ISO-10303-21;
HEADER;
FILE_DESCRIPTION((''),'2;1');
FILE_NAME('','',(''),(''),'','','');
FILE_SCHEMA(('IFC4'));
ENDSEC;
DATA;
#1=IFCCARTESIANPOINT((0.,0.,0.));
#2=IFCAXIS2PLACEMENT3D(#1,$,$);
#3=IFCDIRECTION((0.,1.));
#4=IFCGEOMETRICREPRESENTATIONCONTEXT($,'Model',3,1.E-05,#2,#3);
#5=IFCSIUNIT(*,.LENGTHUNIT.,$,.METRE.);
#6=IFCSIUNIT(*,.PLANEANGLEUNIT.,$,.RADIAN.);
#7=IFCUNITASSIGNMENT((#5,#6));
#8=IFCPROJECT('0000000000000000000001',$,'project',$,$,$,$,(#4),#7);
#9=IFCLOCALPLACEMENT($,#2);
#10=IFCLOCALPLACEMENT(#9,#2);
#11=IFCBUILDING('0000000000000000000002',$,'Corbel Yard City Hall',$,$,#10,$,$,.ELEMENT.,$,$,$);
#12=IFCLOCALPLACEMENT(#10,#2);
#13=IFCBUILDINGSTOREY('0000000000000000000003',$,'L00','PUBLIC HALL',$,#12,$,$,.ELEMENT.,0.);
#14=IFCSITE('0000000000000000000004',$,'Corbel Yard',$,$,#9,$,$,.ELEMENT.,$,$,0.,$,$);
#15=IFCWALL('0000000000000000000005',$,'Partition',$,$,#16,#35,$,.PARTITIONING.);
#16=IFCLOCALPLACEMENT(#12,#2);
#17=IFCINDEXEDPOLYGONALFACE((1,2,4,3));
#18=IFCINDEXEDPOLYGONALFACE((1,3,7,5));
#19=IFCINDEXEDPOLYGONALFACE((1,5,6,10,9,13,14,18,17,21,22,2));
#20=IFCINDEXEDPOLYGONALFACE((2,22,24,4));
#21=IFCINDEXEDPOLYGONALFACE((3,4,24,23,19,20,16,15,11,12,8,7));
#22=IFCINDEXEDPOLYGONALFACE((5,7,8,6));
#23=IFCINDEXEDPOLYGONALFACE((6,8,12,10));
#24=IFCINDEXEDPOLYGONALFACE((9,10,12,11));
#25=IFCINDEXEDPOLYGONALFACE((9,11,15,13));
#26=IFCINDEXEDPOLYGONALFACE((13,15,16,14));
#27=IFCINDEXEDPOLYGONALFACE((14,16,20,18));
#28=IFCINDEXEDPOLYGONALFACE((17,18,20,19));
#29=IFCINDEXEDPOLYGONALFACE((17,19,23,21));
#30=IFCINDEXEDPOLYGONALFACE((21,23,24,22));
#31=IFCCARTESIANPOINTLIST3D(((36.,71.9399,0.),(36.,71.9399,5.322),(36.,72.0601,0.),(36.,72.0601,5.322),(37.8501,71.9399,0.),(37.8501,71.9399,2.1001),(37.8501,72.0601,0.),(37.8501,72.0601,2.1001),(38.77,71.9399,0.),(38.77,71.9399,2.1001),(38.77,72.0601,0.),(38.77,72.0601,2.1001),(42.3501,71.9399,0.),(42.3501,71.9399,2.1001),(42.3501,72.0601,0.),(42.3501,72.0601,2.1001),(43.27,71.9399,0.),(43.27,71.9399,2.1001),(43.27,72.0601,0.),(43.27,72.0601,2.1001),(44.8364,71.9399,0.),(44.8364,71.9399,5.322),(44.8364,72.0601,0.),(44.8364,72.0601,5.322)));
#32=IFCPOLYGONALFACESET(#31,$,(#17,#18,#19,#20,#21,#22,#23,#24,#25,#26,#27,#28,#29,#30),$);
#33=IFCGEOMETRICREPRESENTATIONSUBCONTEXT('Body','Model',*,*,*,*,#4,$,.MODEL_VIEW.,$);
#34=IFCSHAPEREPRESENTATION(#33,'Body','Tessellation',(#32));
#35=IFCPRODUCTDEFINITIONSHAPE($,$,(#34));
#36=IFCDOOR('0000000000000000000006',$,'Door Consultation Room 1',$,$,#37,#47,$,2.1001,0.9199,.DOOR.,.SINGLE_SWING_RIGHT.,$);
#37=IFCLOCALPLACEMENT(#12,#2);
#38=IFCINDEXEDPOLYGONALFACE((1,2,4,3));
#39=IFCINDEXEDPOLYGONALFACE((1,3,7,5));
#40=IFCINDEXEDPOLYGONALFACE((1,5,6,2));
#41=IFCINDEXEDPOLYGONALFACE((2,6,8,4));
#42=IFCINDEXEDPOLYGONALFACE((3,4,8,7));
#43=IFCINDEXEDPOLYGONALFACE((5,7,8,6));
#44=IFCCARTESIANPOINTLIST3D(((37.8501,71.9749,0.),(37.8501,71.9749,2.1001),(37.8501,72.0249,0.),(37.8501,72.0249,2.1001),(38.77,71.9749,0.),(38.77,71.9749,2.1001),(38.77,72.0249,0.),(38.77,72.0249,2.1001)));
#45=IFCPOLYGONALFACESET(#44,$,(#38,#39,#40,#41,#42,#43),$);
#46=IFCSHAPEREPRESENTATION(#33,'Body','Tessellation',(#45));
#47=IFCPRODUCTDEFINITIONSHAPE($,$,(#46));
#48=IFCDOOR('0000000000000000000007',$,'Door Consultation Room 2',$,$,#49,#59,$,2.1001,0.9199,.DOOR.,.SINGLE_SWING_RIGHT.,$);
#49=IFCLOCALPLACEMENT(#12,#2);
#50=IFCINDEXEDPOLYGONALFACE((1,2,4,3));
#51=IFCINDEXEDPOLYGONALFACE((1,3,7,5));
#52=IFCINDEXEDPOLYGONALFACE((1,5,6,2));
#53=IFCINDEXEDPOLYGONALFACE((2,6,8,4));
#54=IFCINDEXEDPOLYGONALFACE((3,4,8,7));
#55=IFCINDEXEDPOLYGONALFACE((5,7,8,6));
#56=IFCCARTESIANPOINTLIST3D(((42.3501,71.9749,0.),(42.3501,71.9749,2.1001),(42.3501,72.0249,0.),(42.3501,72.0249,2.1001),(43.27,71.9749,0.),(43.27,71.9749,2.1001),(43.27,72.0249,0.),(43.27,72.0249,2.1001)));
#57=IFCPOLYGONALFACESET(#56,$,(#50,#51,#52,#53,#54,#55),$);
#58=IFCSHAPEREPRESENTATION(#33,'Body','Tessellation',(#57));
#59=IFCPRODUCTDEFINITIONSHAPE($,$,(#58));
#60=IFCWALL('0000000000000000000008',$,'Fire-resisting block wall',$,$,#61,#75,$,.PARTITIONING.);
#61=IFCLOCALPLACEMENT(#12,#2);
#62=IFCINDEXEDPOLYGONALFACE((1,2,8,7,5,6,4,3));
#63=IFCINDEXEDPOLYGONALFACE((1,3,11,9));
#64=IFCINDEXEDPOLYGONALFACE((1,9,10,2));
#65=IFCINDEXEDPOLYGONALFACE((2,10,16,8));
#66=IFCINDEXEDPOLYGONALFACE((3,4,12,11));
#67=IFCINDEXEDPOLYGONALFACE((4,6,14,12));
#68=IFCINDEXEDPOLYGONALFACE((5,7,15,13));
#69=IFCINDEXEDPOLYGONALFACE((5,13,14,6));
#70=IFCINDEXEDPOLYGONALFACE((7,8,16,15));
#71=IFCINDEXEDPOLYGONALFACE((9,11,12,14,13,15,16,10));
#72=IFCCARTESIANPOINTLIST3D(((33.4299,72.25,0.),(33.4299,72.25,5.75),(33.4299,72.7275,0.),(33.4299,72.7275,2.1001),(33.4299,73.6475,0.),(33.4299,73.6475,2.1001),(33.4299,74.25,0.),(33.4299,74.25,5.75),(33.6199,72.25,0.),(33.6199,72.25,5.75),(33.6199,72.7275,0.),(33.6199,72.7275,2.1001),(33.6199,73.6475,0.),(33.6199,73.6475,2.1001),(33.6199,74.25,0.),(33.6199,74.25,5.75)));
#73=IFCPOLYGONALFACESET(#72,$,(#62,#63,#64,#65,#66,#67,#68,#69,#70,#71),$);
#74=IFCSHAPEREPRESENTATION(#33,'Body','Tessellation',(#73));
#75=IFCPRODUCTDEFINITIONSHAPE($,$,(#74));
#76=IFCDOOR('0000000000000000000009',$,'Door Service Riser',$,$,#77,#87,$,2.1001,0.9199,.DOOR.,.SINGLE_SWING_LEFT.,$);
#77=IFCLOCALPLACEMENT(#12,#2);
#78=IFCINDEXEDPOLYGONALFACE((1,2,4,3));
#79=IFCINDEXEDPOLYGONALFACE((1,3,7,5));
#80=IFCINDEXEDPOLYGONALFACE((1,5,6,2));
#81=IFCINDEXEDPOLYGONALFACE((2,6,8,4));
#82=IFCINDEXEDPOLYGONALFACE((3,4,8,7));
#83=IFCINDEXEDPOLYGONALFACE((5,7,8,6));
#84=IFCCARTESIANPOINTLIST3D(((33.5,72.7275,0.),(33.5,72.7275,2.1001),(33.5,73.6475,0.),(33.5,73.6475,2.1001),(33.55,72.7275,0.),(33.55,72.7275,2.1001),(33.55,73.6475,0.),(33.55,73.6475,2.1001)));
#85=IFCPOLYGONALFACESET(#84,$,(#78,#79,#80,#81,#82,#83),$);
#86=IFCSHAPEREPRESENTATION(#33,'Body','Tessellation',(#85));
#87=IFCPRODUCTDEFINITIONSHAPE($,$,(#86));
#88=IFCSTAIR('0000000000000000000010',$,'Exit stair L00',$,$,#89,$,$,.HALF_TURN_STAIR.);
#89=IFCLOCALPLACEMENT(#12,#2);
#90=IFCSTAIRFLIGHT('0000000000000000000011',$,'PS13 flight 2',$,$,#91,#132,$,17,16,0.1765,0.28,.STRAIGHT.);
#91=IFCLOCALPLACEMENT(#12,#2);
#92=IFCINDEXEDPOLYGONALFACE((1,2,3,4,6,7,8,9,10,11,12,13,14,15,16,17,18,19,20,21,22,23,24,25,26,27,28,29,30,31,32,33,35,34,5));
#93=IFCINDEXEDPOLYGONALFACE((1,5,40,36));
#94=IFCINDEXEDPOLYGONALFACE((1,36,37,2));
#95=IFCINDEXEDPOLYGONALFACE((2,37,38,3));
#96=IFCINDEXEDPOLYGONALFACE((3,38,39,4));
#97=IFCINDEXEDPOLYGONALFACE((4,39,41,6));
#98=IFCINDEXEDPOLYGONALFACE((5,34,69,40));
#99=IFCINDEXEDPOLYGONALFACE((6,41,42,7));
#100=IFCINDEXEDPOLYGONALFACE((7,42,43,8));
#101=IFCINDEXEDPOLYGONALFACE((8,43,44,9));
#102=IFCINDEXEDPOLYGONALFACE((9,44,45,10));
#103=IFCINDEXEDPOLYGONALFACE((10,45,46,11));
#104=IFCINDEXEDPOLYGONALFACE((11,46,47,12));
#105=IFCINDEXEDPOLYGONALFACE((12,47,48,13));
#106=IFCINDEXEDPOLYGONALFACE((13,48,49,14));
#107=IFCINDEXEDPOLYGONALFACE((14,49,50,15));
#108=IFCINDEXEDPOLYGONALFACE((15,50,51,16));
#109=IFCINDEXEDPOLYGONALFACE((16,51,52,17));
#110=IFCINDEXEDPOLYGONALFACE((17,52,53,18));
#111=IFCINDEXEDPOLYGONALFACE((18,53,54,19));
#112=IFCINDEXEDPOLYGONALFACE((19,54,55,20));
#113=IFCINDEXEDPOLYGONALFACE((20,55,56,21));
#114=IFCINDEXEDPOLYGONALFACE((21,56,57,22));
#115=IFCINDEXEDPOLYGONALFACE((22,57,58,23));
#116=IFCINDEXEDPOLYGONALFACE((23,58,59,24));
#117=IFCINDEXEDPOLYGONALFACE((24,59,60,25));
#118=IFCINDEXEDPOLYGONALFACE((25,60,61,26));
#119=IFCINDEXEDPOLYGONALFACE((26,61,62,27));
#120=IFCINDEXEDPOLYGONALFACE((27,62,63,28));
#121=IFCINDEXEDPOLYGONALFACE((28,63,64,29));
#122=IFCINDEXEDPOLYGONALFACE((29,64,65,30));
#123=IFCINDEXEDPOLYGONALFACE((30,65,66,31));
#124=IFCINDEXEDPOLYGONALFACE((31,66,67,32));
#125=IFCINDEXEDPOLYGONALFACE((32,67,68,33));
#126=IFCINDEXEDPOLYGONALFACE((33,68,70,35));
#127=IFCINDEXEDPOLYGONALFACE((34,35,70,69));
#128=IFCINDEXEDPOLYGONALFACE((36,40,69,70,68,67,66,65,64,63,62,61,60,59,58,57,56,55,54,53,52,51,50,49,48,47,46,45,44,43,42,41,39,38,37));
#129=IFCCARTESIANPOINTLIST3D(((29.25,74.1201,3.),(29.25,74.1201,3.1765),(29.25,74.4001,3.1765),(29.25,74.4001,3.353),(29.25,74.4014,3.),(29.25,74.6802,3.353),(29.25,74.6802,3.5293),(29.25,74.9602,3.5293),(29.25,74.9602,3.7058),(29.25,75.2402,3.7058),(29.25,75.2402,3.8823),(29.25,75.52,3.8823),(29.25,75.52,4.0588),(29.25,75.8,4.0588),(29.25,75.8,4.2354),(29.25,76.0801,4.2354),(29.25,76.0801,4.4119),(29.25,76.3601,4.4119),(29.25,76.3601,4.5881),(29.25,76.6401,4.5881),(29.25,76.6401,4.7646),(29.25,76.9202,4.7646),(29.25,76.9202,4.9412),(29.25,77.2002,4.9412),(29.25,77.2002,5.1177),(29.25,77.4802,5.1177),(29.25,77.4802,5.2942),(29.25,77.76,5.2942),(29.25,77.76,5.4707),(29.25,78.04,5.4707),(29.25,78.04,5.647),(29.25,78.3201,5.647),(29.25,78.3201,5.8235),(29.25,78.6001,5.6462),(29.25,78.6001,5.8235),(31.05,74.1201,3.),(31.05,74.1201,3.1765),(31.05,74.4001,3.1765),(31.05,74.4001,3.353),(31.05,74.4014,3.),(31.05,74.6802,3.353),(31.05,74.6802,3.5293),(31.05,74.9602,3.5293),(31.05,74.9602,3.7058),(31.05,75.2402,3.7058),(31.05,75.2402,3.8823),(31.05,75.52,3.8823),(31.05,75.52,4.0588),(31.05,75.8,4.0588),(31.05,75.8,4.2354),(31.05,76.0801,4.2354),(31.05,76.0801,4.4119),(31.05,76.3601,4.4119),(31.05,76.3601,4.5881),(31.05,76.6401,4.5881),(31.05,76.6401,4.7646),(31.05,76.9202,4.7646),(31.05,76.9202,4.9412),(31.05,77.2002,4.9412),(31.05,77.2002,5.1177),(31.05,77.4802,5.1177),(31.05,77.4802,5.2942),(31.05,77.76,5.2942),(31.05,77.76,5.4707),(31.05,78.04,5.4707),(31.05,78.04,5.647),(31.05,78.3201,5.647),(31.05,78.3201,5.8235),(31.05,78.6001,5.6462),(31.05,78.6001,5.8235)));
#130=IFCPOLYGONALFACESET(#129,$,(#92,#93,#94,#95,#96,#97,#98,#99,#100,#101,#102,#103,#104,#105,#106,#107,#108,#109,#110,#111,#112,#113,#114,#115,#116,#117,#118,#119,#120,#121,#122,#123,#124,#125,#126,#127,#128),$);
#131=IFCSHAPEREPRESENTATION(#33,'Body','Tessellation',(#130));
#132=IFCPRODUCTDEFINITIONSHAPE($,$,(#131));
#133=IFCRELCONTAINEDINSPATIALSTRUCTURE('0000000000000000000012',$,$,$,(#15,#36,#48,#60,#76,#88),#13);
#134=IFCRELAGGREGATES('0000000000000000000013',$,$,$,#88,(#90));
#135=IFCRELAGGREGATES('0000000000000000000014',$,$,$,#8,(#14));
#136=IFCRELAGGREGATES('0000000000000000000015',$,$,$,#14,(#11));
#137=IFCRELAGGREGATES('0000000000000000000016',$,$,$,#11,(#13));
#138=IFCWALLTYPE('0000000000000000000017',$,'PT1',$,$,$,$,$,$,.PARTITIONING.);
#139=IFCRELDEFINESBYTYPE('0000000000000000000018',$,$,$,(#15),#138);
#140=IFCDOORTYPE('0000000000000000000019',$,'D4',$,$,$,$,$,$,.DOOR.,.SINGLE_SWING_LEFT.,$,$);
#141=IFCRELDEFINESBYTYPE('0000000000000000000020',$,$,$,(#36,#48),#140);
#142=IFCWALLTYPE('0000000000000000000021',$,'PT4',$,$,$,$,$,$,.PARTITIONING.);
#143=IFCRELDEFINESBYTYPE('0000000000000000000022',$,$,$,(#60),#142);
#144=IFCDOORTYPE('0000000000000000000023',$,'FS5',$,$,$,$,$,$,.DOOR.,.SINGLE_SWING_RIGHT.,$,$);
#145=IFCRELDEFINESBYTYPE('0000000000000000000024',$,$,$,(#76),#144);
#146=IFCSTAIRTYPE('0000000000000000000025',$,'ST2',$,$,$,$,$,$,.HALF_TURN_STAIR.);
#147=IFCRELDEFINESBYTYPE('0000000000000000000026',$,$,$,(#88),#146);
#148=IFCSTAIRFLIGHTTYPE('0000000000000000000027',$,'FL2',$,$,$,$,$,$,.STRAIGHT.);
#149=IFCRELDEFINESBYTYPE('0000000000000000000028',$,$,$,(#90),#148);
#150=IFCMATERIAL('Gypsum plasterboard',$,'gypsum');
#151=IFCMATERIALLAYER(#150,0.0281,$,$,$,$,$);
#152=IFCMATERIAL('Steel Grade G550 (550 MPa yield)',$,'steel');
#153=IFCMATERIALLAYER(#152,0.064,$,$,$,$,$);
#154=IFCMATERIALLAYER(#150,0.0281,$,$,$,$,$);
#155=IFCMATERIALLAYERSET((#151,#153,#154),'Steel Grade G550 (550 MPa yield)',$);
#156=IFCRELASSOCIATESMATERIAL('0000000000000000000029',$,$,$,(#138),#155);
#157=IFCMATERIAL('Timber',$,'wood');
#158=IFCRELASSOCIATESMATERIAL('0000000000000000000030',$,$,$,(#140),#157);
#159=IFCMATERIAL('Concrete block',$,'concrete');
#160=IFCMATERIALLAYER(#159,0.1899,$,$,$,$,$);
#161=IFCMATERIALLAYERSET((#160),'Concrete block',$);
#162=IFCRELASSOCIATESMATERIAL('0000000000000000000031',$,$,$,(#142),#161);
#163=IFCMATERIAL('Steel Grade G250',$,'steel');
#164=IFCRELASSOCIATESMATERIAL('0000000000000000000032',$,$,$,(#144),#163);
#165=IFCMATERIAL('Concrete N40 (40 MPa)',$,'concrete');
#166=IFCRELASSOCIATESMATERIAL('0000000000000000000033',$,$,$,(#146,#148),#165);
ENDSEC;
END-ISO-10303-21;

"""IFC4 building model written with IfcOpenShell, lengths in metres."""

from ifc_helpers import new_model, si_unit, direction, frame, frame_2d, origin, place, context, subcontext, project, spatial, polyline, rectangle, outline, extrude, material, layer, layer_set, type_object, element, fill, aggregate, save


model = new_model("IFC4")

# Units and contexts
model_context = context("Model", 3, precision=1e-05, world=origin(), true_north=direction((0.0, 1.0)))
body_context = subcontext(model_context, "Body", "Model", "MODEL_VIEW")
ifc_project = project(units=[si_unit("LENGTHUNIT", "METRE"), si_unit("PLANEANGLEUNIT", "RADIAN")], contexts=[model_context])

# Site, building, storey
site_placement = place(None, origin())
site = spatial("IfcSite", under=ifc_project, at=site_placement, Name="Corbel Yard", CompositionType="ELEMENT", RefElevation=0.0)
building_placement = place(site_placement, origin())
building = spatial("IfcBuilding", under=site, at=building_placement, Name="Corbel Yard City Hall", CompositionType="ELEMENT")
storey_placement = place(building_placement, origin())
storey = spatial("IfcBuildingStorey", under=building, at=storey_placement, Name="L00", Description="PUBLIC HALL", CompositionType="ELEMENT", Elevation=0.0)

# Shared definitions
ifc_material_1 = material(Name="Concrete N40 (40 MPa)", Category="concrete")

# Shared definitions
ifc_material_2 = material(Name="Steel Grade G250", Category="steel")

# Wall, openings, doors
ifc_material_3 = material(Name="Gypsum plasterboard", Category="gypsum")
ifc_layer_1 = layer(ifc_material_3, 0.0281)
ifc_material_4 = material(Name="Steel Grade G550 (550 MPa yield)", Category="steel")
ifc_layer_2 = layer(ifc_material_4, 0.064)
ifc_layer_3 = layer(ifc_material_3, 0.0281)
ifc_layer_set_1 = layer_set([ifc_layer_1, ifc_layer_2, ifc_layer_3], Name="Steel Grade G550 (550 MPa yield)")
wall_type_1 = type_object("IfcWallType", Name="PT1", PredefinedType="PARTITIONING", material=ifc_layer_set_1)
wall_1_placement = place(storey_placement, frame((36.0, 72.0, 0.0), z_axis=(0.0, 0.0, 1.0), x_axis=(1.0, 0.0, 0.0)))
wall_1 = element("IfcWall", 1, at=wall_1_placement, inside=storey, type_object=wall_type_1, Name="Partition", PredefinedType="PARTITIONING", context=body_context, shape_type="SweptSolid", body=[
    extrude(rectangle(XDim=8.8364, YDim=0.1201, at=frame_2d((4.4182, 0.0))), origin(), (0.0, 0.0, 1.0), 5.322),
])
opening_1_placement = place(wall_1_placement, frame((1.8501, 0.0, 0.0)))
opening_1 = element("IfcOpeningElement", 2, at=opening_1_placement, cuts=wall_1, PredefinedType="OPENING", context=body_context, shape_type="SweptSolid", body=[
    extrude(rectangle(XDim=0.9199, YDim=2.1001, at=frame_2d((0.46, 1.05))), frame((0.0, 0.0701, 0.0), z_axis=(0.0, -1.0, 0.0), x_axis=(1.0, 0.0, 0.0)), (0.0, 0.0, 1.0), 0.1401),
])
opening_2_placement = place(wall_1_placement, frame((6.3501, 0.0, 0.0)))
opening_2 = element("IfcOpeningElement", 3, at=opening_2_placement, cuts=wall_1, PredefinedType="OPENING", context=body_context, shape_type="SweptSolid", body=[
    extrude(rectangle(XDim=0.9199, YDim=2.1001, at=frame_2d((0.46, 1.05))), frame((0.0, 0.0701, 0.0), z_axis=(0.0, -1.0, 0.0), x_axis=(1.0, 0.0, 0.0)), (0.0, 0.0, 1.0), 0.1401),
])
ifc_material_5 = material(Name="Timber", Category="wood")
door_type_1 = type_object("IfcDoorType", Name="D4", OperationType="SINGLE_SWING_LEFT", PredefinedType="DOOR", material=ifc_material_5)
door_1_placement = place(opening_1_placement, origin())
door_1 = element("IfcDoor", 4, at=door_1_placement, inside=storey, type_object=door_type_1, Name="Door Consultation Room 1", OperationType="SINGLE_SWING_RIGHT", OverallHeight=2.1001, OverallWidth=0.9199, PredefinedType="DOOR", context=body_context, shape_type="SweptSolid", body=[
    extrude(rectangle(XDim=0.9199, YDim=2.1001, at=frame_2d((0.46, 1.05))), frame((0.0, 0.0249, 0.0), z_axis=(0.0, -1.0, 0.0), x_axis=(1.0, 0.0, 0.0)), (0.0, 0.0, 1.0), 0.05),
])
fill(opening_1, door_1)
door_2_placement = place(opening_2_placement, origin())
door_2 = element("IfcDoor", 5, at=door_2_placement, inside=storey, type_object=door_type_1, Name="Door Consultation Room 2", OperationType="SINGLE_SWING_RIGHT", OverallHeight=2.1001, OverallWidth=0.9199, PredefinedType="DOOR", context=body_context, shape_type="SweptSolid", body=[
    extrude(rectangle(XDim=0.9199, YDim=2.1001, at=frame_2d((0.46, 1.05))), frame((0.0, 0.0249, 0.0), z_axis=(0.0, -1.0, 0.0), x_axis=(1.0, 0.0, 0.0)), (0.0, 0.0, 1.0), 0.05),
])
fill(opening_2, door_2)

# Wall, opening, door
ifc_material_6 = material(Name="Concrete block", Category="concrete")
ifc_layer_4 = layer(ifc_material_6, 0.1899)
ifc_layer_set_2 = layer_set([ifc_layer_4], Name="Concrete block")
wall_type_2 = type_object("IfcWallType", Name="PT4", PredefinedType="PARTITIONING", material=ifc_layer_set_2)
wall_2_placement = place(storey_placement, frame((33.5249, 72.25, 0.0), z_axis=(0.0, 0.0, 1.0), x_axis=(0.0, 1.0, 0.0)))
wall_2 = element("IfcWall", 6, at=wall_2_placement, inside=storey, type_object=wall_type_2, Name="Fire-resisting block wall", PredefinedType="PARTITIONING", context=body_context, shape_type="SweptSolid", body=[
    extrude(rectangle(XDim=2.0, YDim=0.1899, at=frame_2d((1.0, 0.0))), origin(), (0.0, 0.0, 1.0), 5.75),
])
opening_3_placement = place(wall_2_placement, frame((0.4775, 0.0, 0.0)))
opening_3 = element("IfcOpeningElement", 7, at=opening_3_placement, cuts=wall_2, PredefinedType="OPENING", context=body_context, shape_type="SweptSolid", body=[
    extrude(rectangle(XDim=0.9199, YDim=2.1001, at=frame_2d((0.46, 1.05))), frame((0.0, 0.105, 0.0), z_axis=(0.0, -1.0, 0.0), x_axis=(1.0, 0.0, 0.0)), (0.0, 0.0, 1.0), 0.21),
])
door_type_2 = type_object("IfcDoorType", Name="FS5", OperationType="SINGLE_SWING_RIGHT", PredefinedType="DOOR", material=ifc_material_2)
door_3_placement = place(opening_3_placement, origin())
door_3 = element("IfcDoor", 8, at=door_3_placement, inside=storey, type_object=door_type_2, Name="Door Service Riser", OperationType="SINGLE_SWING_LEFT", OverallHeight=2.1001, OverallWidth=0.9199, PredefinedType="DOOR", context=body_context, shape_type="SweptSolid", body=[
    extrude(rectangle(XDim=0.9199, YDim=2.1001, at=frame_2d((0.46, 1.05))), frame((0.0, 0.0249, 0.0), z_axis=(0.0, -1.0, 0.0), x_axis=(1.0, 0.0, 0.0)), (0.0, 0.0, 1.0), 0.05),
])
fill(opening_3, door_3)

# Stair, stair flight
stair_type = type_object("IfcStairType", Name="ST2", PredefinedType="HALF_TURN_STAIR", material=ifc_material_1)
stair_placement = place(storey_placement, origin())
stair = element("IfcStair", 9, at=stair_placement, inside=storey, type_object=stair_type, Name="Exit stair L00", PredefinedType="HALF_TURN_STAIR")
stair_flight_type = type_object("IfcStairFlightType", Name="FL2", PredefinedType="STRAIGHT", material=ifc_material_1)
stair_flight_placement = place(storey_placement, frame((30.1499, 74.1201, 3.0), z_axis=(0.0, 0.0, 1.0), x_axis=(0.0, 1.0, 0.0)))
stair_flight = element("IfcStairFlight", 10, at=stair_flight_placement, type_object=stair_flight_type, Name="PS13 flight 2", NumberOfRisers=17, NumberOfTreads=16, PredefinedType="STRAIGHT", RiserHeight=0.1765, TreadLength=0.28, context=body_context, shape_type="SweptSolid", body=[
    extrude(outline(polyline([(0.0, 0.0), (0.0, 0.1765), (0.28, 0.1765), (0.28, 0.353), (0.5601, 0.353), (0.5601, 0.5293), (0.8401, 0.5293), (0.8401, 0.7058), (1.1201, 0.7058), (1.1201, 0.8823), (1.3999, 0.8823), (1.3999, 1.0588), (1.6799, 1.0588), (1.6799, 1.2354), (1.96, 1.2354), (1.96, 1.4119), (2.24, 1.4119), (2.24, 1.5881), (2.52, 1.5881), (2.52, 1.7646), (2.8, 1.7646), (2.8, 1.9412), (3.0801, 1.9412), (3.0801, 2.1177), (3.3601, 2.1177), (3.3601, 2.2942), (3.6399, 2.2942), (3.6399, 2.4707), (3.9199, 2.4707), (3.9199, 2.647), (4.2, 2.647), (4.2, 2.8235), (4.48, 2.8235), (4.48, 3.0), (4.48, 2.6462), (0.2812, 0.0), (0.0, 0.0)])), frame((0.0, 0.8999, 0.0), z_axis=(0.0, -1.0, 0.0), x_axis=(1.0, 0.0, 0.0)), (0.0, 0.0, 1.0), 1.8),
])
aggregate(stair, [stair_flight])

save(model, "model.ifc")
